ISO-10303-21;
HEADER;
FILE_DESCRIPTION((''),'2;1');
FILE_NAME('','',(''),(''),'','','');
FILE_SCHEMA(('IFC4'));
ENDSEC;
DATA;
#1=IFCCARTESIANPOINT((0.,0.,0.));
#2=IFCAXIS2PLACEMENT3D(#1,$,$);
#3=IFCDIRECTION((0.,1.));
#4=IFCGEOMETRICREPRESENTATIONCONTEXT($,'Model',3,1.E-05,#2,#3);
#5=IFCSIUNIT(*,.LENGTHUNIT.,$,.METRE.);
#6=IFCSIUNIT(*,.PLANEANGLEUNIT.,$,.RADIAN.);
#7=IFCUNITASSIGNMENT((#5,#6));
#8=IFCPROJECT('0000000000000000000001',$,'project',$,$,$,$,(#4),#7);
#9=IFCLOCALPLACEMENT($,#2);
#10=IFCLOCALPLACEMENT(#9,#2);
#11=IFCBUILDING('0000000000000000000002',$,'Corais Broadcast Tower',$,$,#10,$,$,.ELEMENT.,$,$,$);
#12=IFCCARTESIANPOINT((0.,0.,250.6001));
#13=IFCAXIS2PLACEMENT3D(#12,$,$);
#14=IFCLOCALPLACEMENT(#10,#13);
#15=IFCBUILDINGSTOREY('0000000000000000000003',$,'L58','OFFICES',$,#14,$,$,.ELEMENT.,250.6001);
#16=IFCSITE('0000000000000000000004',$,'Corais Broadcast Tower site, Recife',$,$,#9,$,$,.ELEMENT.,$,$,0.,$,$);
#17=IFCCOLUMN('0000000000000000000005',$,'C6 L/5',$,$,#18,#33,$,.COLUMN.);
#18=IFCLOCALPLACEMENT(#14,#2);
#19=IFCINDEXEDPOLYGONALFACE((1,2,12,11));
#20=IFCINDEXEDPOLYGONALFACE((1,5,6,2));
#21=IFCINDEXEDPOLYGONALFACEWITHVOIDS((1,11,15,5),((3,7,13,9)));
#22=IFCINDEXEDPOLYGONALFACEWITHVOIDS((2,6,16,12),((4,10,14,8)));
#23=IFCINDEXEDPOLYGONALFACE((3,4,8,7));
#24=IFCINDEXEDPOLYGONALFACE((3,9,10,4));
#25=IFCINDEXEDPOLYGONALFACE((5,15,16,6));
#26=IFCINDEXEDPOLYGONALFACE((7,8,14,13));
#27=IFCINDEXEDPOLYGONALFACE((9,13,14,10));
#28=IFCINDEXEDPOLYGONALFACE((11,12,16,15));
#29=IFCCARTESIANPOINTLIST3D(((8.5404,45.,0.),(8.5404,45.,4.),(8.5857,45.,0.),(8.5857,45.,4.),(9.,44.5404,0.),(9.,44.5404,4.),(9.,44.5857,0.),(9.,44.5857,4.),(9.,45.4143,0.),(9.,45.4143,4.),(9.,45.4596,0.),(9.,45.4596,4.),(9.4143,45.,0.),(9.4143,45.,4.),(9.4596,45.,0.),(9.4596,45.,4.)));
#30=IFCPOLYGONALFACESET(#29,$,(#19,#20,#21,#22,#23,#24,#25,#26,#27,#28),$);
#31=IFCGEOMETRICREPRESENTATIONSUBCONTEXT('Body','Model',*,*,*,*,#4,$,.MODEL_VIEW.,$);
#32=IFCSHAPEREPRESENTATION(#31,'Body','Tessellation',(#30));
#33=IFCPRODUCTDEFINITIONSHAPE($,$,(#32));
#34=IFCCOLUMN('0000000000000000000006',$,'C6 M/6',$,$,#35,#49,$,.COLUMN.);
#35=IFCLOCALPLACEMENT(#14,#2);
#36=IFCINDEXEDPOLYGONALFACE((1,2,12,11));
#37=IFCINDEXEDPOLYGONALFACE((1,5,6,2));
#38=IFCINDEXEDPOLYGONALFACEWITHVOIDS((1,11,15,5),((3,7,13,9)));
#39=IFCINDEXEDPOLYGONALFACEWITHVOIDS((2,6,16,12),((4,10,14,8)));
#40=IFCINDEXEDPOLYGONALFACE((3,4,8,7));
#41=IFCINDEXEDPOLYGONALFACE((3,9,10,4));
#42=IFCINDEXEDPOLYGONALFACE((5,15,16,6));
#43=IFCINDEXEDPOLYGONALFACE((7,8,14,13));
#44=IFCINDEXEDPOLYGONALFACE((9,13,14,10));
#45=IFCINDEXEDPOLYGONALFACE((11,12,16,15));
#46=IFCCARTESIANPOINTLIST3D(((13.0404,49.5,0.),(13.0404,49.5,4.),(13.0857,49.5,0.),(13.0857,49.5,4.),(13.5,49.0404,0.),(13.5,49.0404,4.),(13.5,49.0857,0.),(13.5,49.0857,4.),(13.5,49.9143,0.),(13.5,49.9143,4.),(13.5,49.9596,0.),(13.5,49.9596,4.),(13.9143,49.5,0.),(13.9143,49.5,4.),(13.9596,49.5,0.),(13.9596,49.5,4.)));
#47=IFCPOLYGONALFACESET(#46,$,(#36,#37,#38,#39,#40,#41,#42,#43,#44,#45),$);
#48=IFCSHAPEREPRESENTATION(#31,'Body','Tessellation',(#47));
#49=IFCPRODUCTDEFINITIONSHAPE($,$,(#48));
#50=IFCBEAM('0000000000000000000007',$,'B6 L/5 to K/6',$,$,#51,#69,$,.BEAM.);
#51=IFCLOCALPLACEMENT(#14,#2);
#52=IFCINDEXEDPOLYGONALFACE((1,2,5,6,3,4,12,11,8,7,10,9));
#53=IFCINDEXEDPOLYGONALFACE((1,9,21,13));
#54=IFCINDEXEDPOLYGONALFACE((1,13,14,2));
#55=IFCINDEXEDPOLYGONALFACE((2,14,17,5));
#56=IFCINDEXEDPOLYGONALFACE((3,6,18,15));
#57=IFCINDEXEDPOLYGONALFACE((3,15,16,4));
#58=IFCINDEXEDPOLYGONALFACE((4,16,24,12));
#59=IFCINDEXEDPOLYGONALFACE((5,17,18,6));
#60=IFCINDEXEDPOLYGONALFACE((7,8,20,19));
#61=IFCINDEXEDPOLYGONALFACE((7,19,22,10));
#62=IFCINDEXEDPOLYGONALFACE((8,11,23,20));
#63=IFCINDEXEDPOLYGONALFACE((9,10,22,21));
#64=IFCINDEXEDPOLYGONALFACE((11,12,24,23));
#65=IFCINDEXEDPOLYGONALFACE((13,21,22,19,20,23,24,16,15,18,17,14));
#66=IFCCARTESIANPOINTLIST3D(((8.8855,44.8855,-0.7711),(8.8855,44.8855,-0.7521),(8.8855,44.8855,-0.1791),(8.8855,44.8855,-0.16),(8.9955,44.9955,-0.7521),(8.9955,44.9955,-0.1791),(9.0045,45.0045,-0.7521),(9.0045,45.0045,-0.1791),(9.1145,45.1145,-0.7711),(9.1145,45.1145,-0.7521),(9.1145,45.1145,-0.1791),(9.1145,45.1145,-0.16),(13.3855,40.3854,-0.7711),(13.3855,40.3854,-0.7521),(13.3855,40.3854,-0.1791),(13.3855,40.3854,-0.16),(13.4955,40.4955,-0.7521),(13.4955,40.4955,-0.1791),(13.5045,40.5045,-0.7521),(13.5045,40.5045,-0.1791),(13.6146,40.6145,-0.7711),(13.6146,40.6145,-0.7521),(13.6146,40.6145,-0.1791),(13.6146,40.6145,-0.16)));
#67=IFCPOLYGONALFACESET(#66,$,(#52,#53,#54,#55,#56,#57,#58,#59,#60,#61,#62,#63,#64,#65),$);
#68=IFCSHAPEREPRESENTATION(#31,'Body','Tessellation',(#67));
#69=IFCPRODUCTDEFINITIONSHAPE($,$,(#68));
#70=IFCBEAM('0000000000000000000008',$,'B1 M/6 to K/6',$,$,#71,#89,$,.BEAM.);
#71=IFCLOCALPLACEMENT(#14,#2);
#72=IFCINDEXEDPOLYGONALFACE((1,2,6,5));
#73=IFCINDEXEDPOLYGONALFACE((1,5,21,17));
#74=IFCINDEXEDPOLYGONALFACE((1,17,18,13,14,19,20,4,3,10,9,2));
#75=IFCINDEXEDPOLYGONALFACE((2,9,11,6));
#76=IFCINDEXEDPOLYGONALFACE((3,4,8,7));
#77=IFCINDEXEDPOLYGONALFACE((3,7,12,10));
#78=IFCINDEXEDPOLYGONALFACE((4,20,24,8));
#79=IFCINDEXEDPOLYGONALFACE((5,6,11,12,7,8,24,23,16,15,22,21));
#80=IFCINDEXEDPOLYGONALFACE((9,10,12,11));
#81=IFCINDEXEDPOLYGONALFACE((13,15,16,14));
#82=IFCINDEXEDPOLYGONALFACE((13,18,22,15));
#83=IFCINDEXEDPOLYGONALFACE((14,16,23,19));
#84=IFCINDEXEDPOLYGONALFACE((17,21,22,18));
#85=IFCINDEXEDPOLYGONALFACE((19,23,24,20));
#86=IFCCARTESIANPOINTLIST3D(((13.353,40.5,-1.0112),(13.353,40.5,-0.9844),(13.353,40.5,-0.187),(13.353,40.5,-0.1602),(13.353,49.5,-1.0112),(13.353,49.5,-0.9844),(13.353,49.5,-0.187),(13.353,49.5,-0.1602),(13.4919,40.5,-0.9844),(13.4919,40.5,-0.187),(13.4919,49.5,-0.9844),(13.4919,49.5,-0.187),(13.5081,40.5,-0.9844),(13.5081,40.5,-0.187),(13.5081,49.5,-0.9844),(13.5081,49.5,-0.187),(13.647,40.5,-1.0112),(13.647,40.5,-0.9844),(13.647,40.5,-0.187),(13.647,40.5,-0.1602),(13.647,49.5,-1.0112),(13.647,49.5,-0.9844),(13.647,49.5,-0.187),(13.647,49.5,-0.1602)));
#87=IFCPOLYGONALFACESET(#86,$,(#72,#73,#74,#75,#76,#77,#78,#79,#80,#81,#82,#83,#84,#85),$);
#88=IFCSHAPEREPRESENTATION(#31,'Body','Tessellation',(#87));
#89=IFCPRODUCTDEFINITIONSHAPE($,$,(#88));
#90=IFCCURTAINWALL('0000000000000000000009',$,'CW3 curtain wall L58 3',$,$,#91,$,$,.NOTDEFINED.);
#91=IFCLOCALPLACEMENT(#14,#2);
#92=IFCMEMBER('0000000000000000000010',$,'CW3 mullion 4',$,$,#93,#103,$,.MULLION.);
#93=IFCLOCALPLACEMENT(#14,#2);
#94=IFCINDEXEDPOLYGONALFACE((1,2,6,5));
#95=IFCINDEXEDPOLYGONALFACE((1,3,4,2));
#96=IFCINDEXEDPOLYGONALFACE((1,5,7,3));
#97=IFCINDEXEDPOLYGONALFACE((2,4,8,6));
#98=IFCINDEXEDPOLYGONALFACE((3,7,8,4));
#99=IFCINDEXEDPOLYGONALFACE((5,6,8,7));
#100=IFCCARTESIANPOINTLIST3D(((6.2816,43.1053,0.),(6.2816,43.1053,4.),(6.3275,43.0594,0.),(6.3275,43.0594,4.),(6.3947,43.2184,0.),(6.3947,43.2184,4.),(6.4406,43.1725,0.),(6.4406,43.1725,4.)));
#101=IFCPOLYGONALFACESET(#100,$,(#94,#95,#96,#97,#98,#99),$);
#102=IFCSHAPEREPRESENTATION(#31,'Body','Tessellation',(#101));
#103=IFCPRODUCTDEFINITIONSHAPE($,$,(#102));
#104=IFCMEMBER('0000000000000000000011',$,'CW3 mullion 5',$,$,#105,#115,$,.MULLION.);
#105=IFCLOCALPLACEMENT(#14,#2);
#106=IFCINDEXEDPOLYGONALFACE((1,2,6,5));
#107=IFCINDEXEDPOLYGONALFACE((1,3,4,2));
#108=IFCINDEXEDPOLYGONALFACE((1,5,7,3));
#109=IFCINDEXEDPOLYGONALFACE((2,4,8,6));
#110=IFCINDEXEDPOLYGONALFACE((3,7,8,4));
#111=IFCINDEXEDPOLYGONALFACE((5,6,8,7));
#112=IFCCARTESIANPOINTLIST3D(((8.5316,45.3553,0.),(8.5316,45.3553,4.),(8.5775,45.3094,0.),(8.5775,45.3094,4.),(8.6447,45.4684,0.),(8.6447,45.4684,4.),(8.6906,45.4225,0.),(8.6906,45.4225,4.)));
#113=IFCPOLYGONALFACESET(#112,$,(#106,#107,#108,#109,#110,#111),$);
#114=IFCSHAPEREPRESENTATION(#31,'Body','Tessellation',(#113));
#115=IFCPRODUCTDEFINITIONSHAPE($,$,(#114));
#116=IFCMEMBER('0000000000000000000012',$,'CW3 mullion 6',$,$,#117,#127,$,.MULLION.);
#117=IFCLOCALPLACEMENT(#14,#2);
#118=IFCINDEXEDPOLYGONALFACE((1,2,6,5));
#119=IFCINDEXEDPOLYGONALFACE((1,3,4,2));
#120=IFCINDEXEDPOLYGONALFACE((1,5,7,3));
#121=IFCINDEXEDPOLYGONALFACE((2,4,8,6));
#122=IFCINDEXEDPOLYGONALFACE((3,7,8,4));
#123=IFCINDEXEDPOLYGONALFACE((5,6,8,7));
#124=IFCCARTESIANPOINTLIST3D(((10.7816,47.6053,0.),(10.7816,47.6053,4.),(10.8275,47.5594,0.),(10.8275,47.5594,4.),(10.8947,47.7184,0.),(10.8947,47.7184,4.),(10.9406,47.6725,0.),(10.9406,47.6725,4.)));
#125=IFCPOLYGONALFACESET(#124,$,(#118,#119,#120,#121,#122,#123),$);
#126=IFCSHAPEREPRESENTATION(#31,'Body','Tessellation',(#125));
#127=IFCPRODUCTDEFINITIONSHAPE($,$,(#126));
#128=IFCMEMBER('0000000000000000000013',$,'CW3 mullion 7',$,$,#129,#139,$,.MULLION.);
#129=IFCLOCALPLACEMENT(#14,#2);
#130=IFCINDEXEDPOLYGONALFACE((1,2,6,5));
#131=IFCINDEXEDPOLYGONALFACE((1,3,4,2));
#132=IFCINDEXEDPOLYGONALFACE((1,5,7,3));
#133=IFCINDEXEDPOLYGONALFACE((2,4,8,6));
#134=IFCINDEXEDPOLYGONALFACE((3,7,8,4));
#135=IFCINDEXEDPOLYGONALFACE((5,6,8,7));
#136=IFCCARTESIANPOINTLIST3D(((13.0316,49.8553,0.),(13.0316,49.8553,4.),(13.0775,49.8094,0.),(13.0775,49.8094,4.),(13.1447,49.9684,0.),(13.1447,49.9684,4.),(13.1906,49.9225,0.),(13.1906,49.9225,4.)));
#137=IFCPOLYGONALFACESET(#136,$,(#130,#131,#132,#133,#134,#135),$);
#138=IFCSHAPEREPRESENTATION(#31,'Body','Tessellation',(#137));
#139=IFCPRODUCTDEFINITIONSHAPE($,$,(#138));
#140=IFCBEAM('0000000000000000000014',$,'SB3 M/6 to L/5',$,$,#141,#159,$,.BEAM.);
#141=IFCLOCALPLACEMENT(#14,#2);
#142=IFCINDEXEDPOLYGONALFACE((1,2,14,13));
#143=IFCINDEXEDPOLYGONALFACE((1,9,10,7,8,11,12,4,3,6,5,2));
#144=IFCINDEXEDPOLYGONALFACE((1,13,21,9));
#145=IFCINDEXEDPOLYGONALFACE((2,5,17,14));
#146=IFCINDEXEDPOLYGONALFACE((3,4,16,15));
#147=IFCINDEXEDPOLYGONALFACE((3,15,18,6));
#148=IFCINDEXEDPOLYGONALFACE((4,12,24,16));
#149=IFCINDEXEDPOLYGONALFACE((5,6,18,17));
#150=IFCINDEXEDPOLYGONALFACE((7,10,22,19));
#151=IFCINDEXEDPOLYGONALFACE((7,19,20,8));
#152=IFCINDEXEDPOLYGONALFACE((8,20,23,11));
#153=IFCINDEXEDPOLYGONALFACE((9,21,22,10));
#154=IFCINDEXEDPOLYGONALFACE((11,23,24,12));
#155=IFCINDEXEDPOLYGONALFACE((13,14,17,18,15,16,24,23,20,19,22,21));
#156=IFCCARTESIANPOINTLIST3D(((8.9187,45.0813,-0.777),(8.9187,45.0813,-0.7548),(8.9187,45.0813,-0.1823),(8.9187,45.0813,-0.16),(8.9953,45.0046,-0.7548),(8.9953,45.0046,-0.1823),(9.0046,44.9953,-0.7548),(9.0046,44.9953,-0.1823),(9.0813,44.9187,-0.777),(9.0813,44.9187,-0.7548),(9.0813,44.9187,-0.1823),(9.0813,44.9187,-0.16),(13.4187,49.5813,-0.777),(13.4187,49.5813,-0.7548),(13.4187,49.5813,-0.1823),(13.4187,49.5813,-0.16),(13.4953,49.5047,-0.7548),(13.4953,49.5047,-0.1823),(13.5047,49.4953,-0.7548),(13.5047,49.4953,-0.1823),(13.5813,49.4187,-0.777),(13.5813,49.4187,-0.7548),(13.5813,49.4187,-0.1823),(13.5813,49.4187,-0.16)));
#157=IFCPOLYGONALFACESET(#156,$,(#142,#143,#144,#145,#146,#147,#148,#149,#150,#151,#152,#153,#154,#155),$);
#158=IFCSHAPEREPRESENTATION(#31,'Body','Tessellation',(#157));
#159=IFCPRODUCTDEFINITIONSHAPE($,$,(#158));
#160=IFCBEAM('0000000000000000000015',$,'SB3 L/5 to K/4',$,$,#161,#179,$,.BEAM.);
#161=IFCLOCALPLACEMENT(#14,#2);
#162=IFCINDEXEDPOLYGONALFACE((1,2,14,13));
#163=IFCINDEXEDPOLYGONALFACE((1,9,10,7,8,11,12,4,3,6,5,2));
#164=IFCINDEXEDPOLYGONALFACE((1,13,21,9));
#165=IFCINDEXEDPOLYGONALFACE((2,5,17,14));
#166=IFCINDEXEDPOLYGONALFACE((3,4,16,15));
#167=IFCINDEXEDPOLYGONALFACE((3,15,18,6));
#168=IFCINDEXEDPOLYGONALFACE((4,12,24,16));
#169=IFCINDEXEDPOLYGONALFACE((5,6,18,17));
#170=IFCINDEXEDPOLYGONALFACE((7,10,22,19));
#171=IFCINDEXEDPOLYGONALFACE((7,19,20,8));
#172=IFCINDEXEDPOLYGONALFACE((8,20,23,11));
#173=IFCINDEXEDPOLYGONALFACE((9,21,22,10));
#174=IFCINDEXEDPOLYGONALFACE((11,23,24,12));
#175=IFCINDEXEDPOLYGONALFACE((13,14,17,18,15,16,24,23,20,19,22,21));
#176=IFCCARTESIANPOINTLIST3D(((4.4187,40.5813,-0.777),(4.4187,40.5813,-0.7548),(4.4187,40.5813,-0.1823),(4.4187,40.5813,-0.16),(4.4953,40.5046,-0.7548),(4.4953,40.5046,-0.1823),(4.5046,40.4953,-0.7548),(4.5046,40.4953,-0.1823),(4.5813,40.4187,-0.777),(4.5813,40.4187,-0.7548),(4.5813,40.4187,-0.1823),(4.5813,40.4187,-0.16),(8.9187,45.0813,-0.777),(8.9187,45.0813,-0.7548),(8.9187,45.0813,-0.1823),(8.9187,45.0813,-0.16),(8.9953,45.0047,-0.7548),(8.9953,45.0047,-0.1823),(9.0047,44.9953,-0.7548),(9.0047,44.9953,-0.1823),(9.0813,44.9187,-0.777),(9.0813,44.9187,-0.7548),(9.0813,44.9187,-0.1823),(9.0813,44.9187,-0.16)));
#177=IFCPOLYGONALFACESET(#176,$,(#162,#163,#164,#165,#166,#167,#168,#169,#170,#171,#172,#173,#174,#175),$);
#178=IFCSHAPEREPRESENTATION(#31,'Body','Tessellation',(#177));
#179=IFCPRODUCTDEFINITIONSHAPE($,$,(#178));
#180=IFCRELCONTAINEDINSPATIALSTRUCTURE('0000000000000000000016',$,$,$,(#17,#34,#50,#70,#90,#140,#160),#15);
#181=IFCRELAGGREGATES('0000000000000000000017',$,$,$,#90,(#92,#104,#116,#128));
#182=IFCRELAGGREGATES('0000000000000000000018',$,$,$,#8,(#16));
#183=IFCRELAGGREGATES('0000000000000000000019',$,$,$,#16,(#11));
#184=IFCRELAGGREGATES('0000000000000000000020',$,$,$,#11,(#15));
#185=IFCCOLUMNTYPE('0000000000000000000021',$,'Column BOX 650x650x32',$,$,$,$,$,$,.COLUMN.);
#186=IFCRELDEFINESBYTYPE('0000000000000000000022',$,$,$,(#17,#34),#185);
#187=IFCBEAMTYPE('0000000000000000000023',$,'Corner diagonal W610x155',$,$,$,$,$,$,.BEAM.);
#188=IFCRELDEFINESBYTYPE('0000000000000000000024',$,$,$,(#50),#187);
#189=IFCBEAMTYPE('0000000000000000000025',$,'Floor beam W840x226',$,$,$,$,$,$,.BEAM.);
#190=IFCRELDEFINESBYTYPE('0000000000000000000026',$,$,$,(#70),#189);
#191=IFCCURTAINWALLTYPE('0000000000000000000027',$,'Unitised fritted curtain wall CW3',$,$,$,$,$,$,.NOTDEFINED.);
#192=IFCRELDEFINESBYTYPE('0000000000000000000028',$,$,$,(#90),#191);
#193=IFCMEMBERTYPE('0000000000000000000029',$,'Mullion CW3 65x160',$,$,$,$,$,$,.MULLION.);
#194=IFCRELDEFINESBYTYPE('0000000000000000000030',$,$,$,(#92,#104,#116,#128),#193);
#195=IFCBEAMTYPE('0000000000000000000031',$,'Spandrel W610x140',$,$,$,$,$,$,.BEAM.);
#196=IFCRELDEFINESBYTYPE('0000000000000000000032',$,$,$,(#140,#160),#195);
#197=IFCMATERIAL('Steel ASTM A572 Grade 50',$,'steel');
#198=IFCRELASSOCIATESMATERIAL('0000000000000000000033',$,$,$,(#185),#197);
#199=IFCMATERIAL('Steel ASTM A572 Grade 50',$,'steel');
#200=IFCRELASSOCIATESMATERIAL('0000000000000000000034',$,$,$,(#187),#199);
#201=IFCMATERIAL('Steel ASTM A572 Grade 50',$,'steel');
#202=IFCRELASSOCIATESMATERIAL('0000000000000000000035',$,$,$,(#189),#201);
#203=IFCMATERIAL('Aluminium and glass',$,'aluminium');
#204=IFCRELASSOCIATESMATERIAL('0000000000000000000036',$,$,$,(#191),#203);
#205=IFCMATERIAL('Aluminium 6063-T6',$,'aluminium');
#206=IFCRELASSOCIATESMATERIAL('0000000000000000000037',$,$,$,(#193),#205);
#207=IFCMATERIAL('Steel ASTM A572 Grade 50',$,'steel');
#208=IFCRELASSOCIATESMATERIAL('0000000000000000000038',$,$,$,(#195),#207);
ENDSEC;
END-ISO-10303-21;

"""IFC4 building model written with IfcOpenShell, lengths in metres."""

from ifc_helpers import new_model, si_unit, direction, frame, origin, origin_2d, place, context, subcontext, project, spatial, rectangle, hollow_rectangle, i_section, extrude, material, material_profile, profile_set, type_object, element, aggregate, save


model = new_model("IFC4")

# Units and contexts
model_context = context("Model", 3, precision=1e-05, world=origin(), true_north=direction((0.0, 1.0)))
body_context = subcontext(model_context, "Body", "Model", "MODEL_VIEW")
ifc_project = project(units=[si_unit("LENGTHUNIT", "METRE"), si_unit("PLANEANGLEUNIT", "RADIAN")], contexts=[model_context])

# Site, building, storey
site_placement = place(None, origin())
site = spatial("IfcSite", under=ifc_project, at=site_placement, Name="Corais Broadcast Tower site, Recife", CompositionType="ELEMENT", RefElevation=0.0)
building_placement = place(site_placement, origin())
building = spatial("IfcBuilding", under=site, at=building_placement, Name="Corais Broadcast Tower", CompositionType="ELEMENT")
storey_placement = place(building_placement, frame((0.0, 0.0, 250.6001)))
storey = spatial("IfcBuildingStorey", under=building, at=storey_placement, Name="L58", Description="OFFICES", CompositionType="ELEMENT", Elevation=250.6001)

# Columns
ifc_material_1 = material(Name="Steel ASTM A572 Grade 50", Category="steel")
ifc_material_profile_1 = material_profile(ifc_material_1, hollow_rectangle(XDim=0.6499, YDim=0.6499, WallThickness=0.032, at=origin_2d()), Name="BOX 650x650x32")
ifc_profile_set_1 = profile_set([ifc_material_profile_1], Name="Steel ASTM A572 Grade 50")
column_type = type_object("IfcColumnType", Name="Column BOX 650x650x32", PredefinedType="COLUMN", material=ifc_profile_set_1)
for number, where, z_axis, x_axis, name in (
    (1, (9.0, 45.0, 0.0), (0.0, 0.0, 1.0), (0.707107, 0.707107, 0.0), "C6 L/5"),
    (2, (13.5, 49.5, 0.0), (0.0, 0.0, 1.0), (0.707107, 0.707107, 0.0), "C6 M/6"),
):
    element("IfcColumn", number, at=place(storey_placement, frame(where, z_axis=z_axis, x_axis=x_axis)), inside=storey, type_object=column_type, Name=name, PredefinedType="COLUMN", context=body_context, shape_type="SweptSolid", body=[
        extrude(hollow_rectangle(XDim=0.6499, YDim=0.6499, WallThickness=0.032, at=origin_2d()), origin(), (0.0, 0.0, 1.0), 4.0),
    ])

# Beams
ifc_material_2 = material(Name="Steel ASTM A572 Grade 50", Category="steel")
ifc_material_profile_2 = material_profile(ifc_material_2, i_section(OverallWidth=0.324, OverallDepth=0.6111, WebThickness=0.0127, FlangeThickness=0.019, at=origin_2d()), Name="W610x155")
ifc_profile_set_2 = profile_set([ifc_material_profile_2], Name="Steel ASTM A572 Grade 50")
beam_type_1 = type_object("IfcBeamType", Name="Corner diagonal W610x155", PredefinedType="BEAM", material=ifc_profile_set_2)
beam_1_placement = place(storey_placement, frame((9.0, 45.0, -0.4656), z_axis=(0.707107, -0.707107, 0.0), x_axis=(0.707107, 0.707107, 0.0)))
element("IfcBeam", 3, at=beam_1_placement, inside=storey, type_object=beam_type_1, Name="B6 L/5 to K/6", PredefinedType="BEAM", context=body_context, shape_type="SweptSolid", body=[
    extrude(i_section(OverallWidth=0.324, OverallDepth=0.6111, WebThickness=0.0127, FlangeThickness=0.019, at=origin_2d()), origin(), (0.0, 0.0, 1.0), 6.364),
])
ifc_material_3 = material(Name="Steel ASTM A572 Grade 50", Category="steel")
ifc_material_profile_3 = material_profile(ifc_material_3, i_section(OverallWidth=0.2939, OverallDepth=0.8511, WebThickness=0.0161, FlangeThickness=0.0269, at=origin_2d()), Name="W840x226")
ifc_profile_set_3 = profile_set([ifc_material_profile_3], Name="Steel ASTM A572 Grade 50")
beam_type_2 = type_object("IfcBeamType", Name="Floor beam W840x226", PredefinedType="BEAM", material=ifc_profile_set_3)
beam_2_placement = place(storey_placement, frame((13.5, 49.5, -0.5857), z_axis=(0.0, -1.0, 0.0), x_axis=(1.0, 0.0, 0.0)))
element("IfcBeam", 4, at=beam_2_placement, inside=storey, type_object=beam_type_2, Name="B1 M/6 to K/6", PredefinedType="BEAM", context=body_context, shape_type="SweptSolid", body=[
    extrude(i_section(OverallWidth=0.2939, OverallDepth=0.8511, WebThickness=0.0161, FlangeThickness=0.0269, at=origin_2d()), origin(), (0.0, 0.0, 1.0), 9.0),
])

# Curtain wall, members
ifc_material_4 = material(Name="Aluminium and glass", Category="aluminium")
curtain_wall_type = type_object("IfcCurtainWallType", Name="Unitised fritted curtain wall CW3", PredefinedType="NOTDEFINED", material=ifc_material_4)
curtain_wall_placement = place(storey_placement, origin())
curtain_wall = element("IfcCurtainWall", 5, at=curtain_wall_placement, inside=storey, type_object=curtain_wall_type, Name="CW3 curtain wall L58 3", PredefinedType="NOTDEFINED")
ifc_material_5 = material(Name="Aluminium 6063-T6", Category="aluminium")
ifc_material_profile_4 = material_profile(ifc_material_5, rectangle(XDim=0.0649, YDim=0.1599, at=origin_2d()), Name="Mullion CW3 65x160")
ifc_profile_set_4 = profile_set([ifc_material_profile_4], Name="Aluminium 6063-T6")
member_type_1 = type_object("IfcMemberType", Name="Mullion CW3 65x160", PredefinedType="MULLION", material=ifc_profile_set_4)
member_1_placement = place(storey_placement, frame((6.3611, 43.1389, 0.0), z_axis=(0.0, 0.0, 1.0), x_axis=(-0.707107, 0.707107, 0.0)))
member_1 = element("IfcMember", 6, at=member_1_placement, type_object=member_type_1, Name="CW3 mullion 4", PredefinedType="MULLION", context=body_context, shape_type="SweptSolid", body=[
    extrude(rectangle(XDim=0.0649, YDim=0.1599, at=origin_2d()), origin(), (0.0, 0.0, 1.0), 4.0),
])
member_2_placement = place(storey_placement, frame((8.6111, 45.3889, 0.0), z_axis=(0.0, 0.0, 1.0), x_axis=(-0.707107, 0.707107, 0.0)))
member_2 = element("IfcMember", 7, at=member_2_placement, type_object=member_type_1, Name="CW3 mullion 5", PredefinedType="MULLION", context=body_context, shape_type="SweptSolid", body=[
    extrude(rectangle(XDim=0.0649, YDim=0.1599, at=origin_2d()), origin(), (0.0, 0.0, 1.0), 4.0),
])
member_3_placement = place(storey_placement, frame((10.8611, 47.6389, 0.0), z_axis=(0.0, 0.0, 1.0), x_axis=(-0.707107, 0.707107, 0.0)))
member_3 = element("IfcMember", 8, at=member_3_placement, type_object=member_type_1, Name="CW3 mullion 6", PredefinedType="MULLION", context=body_context, shape_type="SweptSolid", body=[
    extrude(rectangle(XDim=0.0649, YDim=0.1599, at=origin_2d()), origin(), (0.0, 0.0, 1.0), 4.0),
])
member_4_placement = place(storey_placement, frame((13.1111, 49.8889, 0.0), z_axis=(0.0, 0.0, 1.0), x_axis=(-0.707107, 0.707107, 0.0)))
member_4 = element("IfcMember", 9, at=member_4_placement, type_object=member_type_1, Name="CW3 mullion 7", PredefinedType="MULLION", context=body_context, shape_type="SweptSolid", body=[
    extrude(rectangle(XDim=0.0649, YDim=0.1599, at=origin_2d()), origin(), (0.0, 0.0, 1.0), 4.0),
])

# Beams
ifc_material_6 = material(Name="Steel ASTM A572 Grade 50", Category="steel")
ifc_material_profile_5 = material_profile(ifc_material_6, i_section(OverallWidth=0.23, OverallDepth=0.6169, WebThickness=0.0132, FlangeThickness=0.0222, at=origin_2d()), Name="W610x140")
ifc_profile_set_5 = profile_set([ifc_material_profile_5], Name="Steel ASTM A572 Grade 50")
beam_type_3 = type_object("IfcBeamType", Name="Spandrel W610x140", PredefinedType="BEAM", material=ifc_profile_set_5)
for number, where, z_axis, x_axis, name in (
    (10, (13.5, 49.5, -0.4685), (-0.707107, -0.707107, 0.0), (0.707107, -0.707107, 0.0), "SB3 M/6 to L/5"),
    (11, (9.0, 45.0, -0.4685), (-0.707107, -0.707107, 0.0), (0.707107, -0.707107, 0.0), "SB3 L/5 to K/4"),
):
    element("IfcBeam", number, at=place(storey_placement, frame(where, z_axis=z_axis, x_axis=x_axis)), inside=storey, type_object=beam_type_3, Name=name, PredefinedType="BEAM", context=body_context, shape_type="SweptSolid", body=[
        extrude(i_section(OverallWidth=0.23, OverallDepth=0.6169, WebThickness=0.0132, FlangeThickness=0.0222, at=origin_2d()), origin(), (0.0, 0.0, 1.0), 6.364),
    ])

aggregate(curtain_wall, [member_1, member_2, member_3, member_4])

save(model, "model.ifc")
